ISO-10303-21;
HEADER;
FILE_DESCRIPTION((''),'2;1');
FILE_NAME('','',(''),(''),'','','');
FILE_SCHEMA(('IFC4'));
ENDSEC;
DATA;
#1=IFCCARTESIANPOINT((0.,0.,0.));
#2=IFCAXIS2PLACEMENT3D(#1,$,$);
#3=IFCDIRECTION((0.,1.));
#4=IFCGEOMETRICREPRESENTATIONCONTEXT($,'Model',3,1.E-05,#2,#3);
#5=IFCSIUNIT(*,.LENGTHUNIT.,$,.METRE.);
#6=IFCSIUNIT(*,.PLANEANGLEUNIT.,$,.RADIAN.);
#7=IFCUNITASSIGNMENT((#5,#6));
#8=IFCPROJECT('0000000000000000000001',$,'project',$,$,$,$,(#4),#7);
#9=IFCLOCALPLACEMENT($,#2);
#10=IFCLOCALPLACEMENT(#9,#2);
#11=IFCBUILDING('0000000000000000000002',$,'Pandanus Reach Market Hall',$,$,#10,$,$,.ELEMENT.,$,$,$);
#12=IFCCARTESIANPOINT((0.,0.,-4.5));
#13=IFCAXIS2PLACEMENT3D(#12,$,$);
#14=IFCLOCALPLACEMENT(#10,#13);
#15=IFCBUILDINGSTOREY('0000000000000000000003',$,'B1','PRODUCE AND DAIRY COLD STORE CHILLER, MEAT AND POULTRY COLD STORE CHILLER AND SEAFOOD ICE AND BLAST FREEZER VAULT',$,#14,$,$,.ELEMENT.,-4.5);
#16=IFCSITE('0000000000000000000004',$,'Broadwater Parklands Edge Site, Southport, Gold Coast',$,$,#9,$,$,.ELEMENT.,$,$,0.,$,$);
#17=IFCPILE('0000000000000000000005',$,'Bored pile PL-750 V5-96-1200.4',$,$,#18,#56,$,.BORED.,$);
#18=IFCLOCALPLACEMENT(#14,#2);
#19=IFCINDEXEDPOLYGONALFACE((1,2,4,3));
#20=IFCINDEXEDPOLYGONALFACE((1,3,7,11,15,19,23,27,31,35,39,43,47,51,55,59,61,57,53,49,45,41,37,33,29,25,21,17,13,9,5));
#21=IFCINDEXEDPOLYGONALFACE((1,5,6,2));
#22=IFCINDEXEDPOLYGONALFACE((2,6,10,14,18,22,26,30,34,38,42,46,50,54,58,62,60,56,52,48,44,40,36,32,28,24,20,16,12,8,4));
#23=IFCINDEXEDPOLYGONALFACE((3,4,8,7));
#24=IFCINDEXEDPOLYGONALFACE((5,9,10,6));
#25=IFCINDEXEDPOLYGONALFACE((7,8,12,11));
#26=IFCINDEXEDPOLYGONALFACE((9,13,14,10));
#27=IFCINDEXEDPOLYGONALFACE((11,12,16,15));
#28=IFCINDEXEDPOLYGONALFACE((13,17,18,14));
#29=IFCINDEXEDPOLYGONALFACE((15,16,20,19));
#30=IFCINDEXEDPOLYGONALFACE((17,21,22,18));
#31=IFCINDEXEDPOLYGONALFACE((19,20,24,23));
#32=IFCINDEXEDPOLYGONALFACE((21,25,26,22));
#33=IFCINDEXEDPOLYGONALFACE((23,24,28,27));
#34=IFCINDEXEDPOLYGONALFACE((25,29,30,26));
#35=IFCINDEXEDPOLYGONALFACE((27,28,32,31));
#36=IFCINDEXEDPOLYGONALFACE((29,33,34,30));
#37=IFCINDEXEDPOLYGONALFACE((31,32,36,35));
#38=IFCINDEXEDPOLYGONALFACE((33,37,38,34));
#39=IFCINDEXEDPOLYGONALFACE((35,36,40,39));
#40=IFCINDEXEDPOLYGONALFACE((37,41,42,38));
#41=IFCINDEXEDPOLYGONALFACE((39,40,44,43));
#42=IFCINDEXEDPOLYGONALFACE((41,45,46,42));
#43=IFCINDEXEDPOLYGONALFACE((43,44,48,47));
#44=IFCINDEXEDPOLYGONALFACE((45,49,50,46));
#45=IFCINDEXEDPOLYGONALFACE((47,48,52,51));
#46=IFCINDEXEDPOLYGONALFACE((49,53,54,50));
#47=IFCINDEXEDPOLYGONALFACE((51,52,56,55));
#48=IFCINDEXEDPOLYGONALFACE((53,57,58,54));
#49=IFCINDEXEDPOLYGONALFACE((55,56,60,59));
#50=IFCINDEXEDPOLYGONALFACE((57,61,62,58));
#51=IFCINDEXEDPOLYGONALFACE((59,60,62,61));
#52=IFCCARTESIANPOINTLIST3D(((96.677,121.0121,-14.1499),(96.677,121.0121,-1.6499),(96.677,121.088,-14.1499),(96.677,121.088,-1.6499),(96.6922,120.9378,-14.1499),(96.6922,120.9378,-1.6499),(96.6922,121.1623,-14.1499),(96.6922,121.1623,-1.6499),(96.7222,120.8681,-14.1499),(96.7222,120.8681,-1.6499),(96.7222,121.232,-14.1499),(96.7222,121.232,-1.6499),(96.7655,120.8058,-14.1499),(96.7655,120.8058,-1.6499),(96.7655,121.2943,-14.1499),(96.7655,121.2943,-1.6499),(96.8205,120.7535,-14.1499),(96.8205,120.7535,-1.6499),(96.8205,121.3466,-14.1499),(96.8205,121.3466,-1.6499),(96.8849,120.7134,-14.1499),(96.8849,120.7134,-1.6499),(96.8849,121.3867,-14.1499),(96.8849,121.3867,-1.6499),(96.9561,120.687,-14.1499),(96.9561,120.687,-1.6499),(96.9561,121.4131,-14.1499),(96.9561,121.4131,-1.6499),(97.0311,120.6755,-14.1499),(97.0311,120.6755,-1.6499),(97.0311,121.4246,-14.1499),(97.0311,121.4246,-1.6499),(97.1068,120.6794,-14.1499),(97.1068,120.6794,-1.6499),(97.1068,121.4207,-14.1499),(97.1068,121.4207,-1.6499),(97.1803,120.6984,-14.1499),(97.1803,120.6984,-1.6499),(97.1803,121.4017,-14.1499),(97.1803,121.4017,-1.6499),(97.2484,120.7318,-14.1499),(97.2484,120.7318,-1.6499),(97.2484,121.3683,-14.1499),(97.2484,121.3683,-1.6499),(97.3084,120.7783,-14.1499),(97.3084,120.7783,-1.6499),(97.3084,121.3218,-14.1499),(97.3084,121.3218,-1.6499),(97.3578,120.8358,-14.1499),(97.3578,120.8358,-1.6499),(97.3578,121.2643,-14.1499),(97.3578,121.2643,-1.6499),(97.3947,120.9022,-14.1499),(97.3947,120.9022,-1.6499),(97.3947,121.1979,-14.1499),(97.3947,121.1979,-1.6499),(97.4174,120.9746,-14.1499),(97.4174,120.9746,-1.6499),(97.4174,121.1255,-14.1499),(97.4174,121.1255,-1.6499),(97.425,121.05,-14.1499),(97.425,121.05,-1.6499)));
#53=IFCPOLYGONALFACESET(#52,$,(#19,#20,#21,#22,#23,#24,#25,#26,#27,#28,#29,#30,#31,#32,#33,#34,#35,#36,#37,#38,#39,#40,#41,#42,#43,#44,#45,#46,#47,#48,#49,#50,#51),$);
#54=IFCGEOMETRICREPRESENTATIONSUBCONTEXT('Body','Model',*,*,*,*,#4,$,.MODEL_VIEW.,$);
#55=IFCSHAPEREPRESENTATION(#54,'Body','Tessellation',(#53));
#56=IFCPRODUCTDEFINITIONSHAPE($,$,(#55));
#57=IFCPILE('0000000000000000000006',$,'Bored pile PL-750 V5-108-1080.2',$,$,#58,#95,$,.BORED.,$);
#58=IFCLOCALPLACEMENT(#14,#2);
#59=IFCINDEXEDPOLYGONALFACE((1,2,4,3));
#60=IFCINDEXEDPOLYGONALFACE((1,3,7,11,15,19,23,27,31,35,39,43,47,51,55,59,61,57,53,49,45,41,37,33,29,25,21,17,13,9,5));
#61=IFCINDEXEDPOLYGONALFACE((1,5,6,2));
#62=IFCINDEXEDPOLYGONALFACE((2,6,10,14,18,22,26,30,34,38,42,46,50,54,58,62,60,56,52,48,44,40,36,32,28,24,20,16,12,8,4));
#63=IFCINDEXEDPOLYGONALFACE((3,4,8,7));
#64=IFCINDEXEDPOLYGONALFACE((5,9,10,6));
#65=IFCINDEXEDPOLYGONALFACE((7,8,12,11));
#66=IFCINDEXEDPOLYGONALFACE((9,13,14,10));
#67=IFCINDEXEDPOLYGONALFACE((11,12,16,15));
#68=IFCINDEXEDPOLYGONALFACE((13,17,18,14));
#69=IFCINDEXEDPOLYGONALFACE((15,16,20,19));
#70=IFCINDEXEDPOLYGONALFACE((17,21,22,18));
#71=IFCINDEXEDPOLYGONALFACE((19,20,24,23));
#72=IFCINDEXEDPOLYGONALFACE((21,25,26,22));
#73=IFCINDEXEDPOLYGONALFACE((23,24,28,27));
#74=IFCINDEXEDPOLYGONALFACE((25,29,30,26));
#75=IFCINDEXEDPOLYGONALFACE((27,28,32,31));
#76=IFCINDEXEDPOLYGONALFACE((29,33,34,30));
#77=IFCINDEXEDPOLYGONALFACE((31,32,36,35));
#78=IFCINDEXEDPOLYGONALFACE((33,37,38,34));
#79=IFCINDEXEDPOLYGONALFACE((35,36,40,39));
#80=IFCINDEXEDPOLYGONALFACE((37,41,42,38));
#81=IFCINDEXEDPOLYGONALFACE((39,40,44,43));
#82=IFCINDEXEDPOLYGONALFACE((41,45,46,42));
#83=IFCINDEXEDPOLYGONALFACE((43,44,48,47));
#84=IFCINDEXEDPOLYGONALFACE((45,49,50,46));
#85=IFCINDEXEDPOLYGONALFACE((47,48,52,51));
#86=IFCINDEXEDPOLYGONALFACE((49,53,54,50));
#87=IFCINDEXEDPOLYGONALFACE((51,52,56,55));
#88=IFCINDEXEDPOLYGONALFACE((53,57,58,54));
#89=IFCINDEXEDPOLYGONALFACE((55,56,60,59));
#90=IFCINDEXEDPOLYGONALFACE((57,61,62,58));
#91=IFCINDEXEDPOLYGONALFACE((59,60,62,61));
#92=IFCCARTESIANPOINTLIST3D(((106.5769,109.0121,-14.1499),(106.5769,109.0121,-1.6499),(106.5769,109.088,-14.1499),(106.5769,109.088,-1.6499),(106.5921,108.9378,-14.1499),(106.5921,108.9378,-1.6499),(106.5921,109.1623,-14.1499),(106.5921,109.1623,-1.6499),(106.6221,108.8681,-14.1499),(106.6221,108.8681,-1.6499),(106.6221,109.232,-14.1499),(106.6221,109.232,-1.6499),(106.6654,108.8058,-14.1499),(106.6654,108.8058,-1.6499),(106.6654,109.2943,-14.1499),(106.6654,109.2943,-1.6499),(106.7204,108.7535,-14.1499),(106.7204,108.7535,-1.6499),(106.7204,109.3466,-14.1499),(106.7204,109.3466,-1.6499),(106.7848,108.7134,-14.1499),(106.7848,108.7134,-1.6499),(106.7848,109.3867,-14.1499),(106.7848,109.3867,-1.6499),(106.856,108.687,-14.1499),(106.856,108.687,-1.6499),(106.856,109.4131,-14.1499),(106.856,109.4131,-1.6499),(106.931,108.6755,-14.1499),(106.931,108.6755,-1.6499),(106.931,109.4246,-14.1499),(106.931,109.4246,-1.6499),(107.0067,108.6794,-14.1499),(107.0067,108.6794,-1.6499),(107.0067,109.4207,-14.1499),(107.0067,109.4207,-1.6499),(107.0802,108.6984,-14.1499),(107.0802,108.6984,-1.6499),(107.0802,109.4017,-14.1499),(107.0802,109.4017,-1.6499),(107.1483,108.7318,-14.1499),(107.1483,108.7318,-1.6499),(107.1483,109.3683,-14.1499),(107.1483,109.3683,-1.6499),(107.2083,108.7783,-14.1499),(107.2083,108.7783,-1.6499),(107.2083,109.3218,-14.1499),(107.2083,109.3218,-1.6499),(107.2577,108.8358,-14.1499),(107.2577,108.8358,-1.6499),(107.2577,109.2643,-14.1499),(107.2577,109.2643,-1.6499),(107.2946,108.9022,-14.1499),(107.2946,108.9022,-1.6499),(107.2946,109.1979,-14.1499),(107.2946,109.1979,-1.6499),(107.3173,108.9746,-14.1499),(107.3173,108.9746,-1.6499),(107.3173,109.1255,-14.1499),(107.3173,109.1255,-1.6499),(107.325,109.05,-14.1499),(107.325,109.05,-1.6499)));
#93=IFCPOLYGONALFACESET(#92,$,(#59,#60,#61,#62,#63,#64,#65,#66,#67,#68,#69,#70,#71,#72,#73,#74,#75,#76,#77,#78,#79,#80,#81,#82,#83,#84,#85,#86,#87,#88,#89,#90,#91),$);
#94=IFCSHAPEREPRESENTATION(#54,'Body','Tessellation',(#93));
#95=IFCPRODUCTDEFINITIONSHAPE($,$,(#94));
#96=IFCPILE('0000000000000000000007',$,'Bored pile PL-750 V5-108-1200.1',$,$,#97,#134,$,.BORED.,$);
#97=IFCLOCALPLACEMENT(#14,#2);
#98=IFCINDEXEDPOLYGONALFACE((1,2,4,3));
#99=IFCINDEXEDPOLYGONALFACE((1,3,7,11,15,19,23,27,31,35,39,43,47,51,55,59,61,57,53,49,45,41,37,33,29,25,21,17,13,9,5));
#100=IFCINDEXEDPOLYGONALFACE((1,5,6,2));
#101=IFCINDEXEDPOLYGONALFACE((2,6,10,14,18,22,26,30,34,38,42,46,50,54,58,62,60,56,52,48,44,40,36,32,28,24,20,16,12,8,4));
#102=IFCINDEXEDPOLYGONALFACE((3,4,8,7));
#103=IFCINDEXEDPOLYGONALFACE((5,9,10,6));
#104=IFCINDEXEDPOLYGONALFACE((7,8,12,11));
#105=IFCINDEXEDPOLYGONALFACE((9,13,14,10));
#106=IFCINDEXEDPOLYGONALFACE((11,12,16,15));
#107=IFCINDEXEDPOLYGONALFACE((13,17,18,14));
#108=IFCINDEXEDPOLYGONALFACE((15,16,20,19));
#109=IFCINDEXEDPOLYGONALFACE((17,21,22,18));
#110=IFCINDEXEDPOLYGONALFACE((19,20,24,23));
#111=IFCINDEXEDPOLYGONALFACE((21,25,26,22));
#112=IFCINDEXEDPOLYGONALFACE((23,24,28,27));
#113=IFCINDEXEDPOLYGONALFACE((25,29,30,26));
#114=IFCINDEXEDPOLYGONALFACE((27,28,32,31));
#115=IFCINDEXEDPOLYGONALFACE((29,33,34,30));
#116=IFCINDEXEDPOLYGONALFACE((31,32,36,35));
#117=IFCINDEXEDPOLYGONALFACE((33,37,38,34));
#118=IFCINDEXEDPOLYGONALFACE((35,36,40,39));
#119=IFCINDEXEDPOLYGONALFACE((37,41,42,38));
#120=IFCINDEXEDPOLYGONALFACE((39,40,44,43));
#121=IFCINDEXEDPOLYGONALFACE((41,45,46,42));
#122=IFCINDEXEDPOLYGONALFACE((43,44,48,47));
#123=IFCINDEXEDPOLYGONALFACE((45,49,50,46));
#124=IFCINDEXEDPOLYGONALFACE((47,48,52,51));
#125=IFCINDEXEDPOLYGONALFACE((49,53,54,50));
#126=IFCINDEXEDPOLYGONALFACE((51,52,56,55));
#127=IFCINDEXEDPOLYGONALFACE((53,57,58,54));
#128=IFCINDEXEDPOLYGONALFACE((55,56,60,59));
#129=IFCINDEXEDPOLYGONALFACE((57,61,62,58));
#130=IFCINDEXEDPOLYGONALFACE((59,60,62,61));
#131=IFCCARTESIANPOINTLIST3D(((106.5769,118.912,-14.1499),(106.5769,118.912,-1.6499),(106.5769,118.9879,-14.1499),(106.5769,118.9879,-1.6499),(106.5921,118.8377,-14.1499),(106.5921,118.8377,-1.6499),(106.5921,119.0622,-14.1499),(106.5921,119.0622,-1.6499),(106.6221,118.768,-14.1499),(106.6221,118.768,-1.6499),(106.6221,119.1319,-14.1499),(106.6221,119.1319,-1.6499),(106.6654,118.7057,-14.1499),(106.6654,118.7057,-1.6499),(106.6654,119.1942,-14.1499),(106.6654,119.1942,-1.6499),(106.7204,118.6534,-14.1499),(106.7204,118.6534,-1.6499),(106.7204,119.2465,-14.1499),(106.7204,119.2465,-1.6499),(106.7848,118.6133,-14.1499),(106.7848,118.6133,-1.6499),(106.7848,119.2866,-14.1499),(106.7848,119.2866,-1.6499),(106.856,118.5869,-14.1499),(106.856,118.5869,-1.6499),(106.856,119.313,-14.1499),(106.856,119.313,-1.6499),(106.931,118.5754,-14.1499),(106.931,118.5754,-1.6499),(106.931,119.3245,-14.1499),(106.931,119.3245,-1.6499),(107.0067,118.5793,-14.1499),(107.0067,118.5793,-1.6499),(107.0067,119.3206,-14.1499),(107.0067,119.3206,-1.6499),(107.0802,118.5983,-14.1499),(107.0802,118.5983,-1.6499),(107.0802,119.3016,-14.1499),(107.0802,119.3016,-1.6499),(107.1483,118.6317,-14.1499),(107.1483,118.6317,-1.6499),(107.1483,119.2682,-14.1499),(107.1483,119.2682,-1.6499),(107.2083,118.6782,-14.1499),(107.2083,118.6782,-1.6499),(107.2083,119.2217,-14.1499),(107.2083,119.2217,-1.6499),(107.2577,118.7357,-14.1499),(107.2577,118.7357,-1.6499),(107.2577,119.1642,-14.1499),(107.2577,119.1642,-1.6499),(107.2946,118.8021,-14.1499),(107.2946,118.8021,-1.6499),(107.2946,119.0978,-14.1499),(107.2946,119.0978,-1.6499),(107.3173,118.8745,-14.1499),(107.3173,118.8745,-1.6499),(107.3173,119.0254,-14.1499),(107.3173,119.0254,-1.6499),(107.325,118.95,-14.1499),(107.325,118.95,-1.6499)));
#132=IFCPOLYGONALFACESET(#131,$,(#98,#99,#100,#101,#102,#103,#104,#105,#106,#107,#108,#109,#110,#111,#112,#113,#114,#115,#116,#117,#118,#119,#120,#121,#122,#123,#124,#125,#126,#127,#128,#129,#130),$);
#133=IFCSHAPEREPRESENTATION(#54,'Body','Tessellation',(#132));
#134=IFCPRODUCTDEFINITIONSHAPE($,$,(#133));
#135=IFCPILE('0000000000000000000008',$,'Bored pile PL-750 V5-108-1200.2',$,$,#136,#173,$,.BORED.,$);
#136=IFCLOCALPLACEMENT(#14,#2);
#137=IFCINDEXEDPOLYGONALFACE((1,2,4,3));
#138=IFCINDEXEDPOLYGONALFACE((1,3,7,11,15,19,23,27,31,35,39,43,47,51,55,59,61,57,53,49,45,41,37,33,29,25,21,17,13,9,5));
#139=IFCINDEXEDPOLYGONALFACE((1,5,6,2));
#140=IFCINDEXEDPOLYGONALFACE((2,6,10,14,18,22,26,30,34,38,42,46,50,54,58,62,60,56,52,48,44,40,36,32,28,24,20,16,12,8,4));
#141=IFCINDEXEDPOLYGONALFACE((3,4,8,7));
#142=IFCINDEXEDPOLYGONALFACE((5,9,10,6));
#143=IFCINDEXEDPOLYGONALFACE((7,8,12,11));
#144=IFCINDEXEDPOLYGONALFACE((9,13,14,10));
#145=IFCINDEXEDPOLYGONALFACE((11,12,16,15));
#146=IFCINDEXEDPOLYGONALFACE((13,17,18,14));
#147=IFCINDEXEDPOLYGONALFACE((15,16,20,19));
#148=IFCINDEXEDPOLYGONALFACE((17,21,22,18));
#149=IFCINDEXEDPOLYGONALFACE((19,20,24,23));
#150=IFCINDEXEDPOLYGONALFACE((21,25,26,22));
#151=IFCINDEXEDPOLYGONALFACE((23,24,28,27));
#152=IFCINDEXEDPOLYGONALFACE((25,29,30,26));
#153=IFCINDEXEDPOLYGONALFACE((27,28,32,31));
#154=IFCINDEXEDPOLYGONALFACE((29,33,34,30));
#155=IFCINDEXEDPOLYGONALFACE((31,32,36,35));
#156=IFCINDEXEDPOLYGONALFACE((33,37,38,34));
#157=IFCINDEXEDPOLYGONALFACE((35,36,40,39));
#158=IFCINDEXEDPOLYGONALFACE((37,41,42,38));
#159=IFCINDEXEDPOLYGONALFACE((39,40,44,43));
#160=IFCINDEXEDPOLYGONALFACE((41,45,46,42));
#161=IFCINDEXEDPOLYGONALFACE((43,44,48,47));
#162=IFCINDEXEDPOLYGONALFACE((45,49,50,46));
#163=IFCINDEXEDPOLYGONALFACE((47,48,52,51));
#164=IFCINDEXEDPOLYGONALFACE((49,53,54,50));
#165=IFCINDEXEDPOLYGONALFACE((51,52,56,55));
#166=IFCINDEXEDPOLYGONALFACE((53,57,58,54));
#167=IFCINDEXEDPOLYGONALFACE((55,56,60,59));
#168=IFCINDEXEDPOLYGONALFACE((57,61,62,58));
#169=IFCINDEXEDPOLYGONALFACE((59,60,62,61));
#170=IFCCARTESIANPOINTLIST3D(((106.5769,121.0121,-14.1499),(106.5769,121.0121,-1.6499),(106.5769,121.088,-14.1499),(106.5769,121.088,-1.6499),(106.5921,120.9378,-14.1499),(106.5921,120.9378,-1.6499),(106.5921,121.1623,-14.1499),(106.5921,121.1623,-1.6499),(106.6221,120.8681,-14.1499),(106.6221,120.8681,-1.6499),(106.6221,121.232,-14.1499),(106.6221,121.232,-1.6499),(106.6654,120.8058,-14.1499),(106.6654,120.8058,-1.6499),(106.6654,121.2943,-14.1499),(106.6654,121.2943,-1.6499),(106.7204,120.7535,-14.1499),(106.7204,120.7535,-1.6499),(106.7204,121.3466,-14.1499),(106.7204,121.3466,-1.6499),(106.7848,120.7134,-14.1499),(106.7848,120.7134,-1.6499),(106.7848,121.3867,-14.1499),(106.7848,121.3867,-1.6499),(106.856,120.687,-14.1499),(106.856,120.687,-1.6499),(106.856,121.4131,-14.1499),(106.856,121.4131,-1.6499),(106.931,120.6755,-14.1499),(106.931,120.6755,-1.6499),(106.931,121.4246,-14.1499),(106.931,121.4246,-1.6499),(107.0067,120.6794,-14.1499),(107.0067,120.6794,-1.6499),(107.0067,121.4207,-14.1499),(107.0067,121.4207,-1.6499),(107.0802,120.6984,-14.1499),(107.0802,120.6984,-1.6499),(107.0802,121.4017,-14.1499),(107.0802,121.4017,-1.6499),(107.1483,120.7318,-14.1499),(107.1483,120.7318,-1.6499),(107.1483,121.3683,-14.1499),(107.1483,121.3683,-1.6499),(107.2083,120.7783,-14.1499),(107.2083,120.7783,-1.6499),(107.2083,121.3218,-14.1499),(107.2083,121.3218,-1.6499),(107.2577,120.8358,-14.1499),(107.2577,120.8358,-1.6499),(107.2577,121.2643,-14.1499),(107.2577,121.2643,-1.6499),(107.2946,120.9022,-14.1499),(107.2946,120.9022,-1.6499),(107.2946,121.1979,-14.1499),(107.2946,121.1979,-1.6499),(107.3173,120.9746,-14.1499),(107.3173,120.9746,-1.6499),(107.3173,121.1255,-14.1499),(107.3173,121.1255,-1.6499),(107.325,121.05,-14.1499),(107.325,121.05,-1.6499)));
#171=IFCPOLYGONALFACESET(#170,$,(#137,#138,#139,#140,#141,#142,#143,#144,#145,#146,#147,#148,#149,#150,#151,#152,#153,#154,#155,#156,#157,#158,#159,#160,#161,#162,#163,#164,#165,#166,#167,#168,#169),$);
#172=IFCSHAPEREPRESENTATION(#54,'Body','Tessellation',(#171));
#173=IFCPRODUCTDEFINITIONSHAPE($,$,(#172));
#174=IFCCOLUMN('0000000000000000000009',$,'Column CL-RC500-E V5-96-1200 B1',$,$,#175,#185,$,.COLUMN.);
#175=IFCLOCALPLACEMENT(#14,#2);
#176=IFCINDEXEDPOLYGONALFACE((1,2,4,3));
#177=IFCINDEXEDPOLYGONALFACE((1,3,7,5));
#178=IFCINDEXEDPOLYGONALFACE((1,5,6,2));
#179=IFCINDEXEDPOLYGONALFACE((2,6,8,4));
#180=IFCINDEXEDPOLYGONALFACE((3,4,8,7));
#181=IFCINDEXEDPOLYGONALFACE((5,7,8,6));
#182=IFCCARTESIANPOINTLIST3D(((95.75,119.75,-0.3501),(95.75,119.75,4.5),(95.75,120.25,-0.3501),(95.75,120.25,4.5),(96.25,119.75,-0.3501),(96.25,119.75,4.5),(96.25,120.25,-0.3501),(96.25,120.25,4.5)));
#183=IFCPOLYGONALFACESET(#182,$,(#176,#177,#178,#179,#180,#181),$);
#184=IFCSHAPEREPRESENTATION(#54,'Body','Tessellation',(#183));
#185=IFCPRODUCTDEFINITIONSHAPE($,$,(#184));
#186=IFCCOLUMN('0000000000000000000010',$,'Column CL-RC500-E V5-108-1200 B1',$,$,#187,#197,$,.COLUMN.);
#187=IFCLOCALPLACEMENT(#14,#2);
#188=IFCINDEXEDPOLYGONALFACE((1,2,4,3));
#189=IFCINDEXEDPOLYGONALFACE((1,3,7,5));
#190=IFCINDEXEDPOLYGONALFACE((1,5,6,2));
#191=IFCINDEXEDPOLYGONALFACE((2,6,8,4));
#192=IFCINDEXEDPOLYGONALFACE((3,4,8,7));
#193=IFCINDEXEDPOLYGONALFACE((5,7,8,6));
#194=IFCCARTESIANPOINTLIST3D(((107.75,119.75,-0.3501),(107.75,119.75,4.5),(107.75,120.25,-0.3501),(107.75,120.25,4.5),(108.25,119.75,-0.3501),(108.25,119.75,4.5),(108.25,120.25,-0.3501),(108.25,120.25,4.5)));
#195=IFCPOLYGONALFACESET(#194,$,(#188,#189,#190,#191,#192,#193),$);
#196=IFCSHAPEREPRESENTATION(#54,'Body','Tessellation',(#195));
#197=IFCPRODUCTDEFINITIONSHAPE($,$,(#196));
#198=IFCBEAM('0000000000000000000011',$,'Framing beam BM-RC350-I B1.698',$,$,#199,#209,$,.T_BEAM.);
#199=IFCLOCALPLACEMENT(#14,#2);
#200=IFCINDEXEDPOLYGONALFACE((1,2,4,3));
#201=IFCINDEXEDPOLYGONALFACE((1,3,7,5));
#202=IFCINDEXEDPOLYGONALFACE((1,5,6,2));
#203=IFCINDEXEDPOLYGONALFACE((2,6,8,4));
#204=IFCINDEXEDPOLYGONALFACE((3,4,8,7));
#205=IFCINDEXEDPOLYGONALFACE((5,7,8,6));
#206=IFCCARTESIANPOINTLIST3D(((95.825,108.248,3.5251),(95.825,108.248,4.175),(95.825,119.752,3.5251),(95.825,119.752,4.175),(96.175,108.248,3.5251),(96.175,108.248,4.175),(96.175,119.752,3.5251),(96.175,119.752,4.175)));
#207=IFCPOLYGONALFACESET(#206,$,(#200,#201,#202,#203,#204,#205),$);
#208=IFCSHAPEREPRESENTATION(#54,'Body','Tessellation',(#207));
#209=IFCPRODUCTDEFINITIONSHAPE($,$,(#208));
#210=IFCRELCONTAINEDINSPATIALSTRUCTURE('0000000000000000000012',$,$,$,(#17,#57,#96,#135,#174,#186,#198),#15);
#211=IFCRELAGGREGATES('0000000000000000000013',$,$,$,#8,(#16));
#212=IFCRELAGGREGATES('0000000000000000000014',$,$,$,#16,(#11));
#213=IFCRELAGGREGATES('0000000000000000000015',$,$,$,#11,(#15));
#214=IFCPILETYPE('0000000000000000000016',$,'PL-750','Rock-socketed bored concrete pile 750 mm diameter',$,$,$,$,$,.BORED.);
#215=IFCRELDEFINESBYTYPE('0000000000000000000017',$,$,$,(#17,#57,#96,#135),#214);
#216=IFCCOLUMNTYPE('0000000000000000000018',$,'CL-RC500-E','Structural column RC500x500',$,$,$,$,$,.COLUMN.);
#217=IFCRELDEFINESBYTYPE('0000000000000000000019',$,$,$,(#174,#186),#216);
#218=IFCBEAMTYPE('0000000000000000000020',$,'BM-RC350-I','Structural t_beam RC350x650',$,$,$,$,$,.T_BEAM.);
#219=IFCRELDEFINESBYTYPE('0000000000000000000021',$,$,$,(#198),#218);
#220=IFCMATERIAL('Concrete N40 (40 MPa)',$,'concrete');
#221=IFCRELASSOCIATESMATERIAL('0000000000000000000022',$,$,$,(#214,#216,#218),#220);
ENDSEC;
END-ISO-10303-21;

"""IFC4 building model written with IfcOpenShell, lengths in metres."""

from ifc_helpers import new_model, si_unit, direction, frame, origin, origin_2d, place, context, subcontext, project, spatial, rectangle, circle, extrude, material, material_profile, profile_set, type_object, element, save


model = new_model("IFC4")

# Units and contexts
model_context = context("Model", 3, precision=1e-05, world=origin(), true_north=direction((0.0, 1.0)))
body_context = subcontext(model_context, "Body", "Model", "MODEL_VIEW")
ifc_project = project(units=[si_unit("LENGTHUNIT", "METRE"), si_unit("PLANEANGLEUNIT", "RADIAN")], contexts=[model_context])

# Site, building, storey
site_placement = place(None, origin())
site = spatial("IfcSite", under=ifc_project, at=site_placement, Name="Broadwater Parklands Edge Site, Southport, Gold Coast", CompositionType="ELEMENT", RefElevation=0.0)
building_placement = place(site_placement, origin())
building = spatial("IfcBuilding", under=site, at=building_placement, Name="Pandanus Reach Market Hall", CompositionType="ELEMENT")
storey_placement = place(building_placement, frame((0.0, 0.0, -4.5)))
storey = spatial("IfcBuildingStorey", under=building, at=storey_placement, Name="B1", Description="PRODUCE AND DAIRY COLD STORE CHILLER, MEAT AND POULTRY COLD STORE CHILLER AND SEAFOOD ICE AND BLAST FREEZER VAULT", CompositionType="ELEMENT", Elevation=-4.5)

# Shared definitions
ifc_material_1 = material(Name="Concrete N40 (40 MPa)", Category="concrete")

# Piles
ifc_material_profile_1 = material_profile(ifc_material_1, circle(Radius=0.375, at=origin_2d()), Name="PILE-750D", Category="LoadBearing")
ifc_profile_set_1 = profile_set([ifc_material_profile_1], Name="Concrete N40 (40 MPa)")
pile_type = type_object("IfcPileType", Name="PL-750", Description="Rock-socketed bored concrete pile 750 mm diameter", PredefinedType="BORED", material=ifc_profile_set_1)
for number, where, z_axis, x_axis, name in (
    (1, (97.05, 121.05, -1.6499), (0.0, 0.0, -1.0), (1.0, 0.0, 0.0), "Bored pile PL-750 V5-96-1200.4"),
    (2, (106.95, 109.05, -1.6499), (0.0, 0.0, -1.0), (1.0, 0.0, 0.0), "Bored pile PL-750 V5-108-1080.2"),
    (3, (106.95, 118.95, -1.6499), (0.0, 0.0, -1.0), (1.0, 0.0, 0.0), "Bored pile PL-750 V5-108-1200.1"),
    (4, (106.95, 121.05, -1.6499), (0.0, 0.0, -1.0), (1.0, 0.0, 0.0), "Bored pile PL-750 V5-108-1200.2"),
):
    element("IfcPile", number, at=place(storey_placement, frame(where, z_axis=z_axis, x_axis=x_axis)), inside=storey, type_object=pile_type, Name=name, PredefinedType="BORED", context=body_context, shape_type="SweptSolid", body=[
        extrude(circle(Radius=0.375, at=origin_2d()), origin(), (0.0, 0.0, 1.0), 12.5),
    ])

# Columns
ifc_material_profile_2 = material_profile(ifc_material_1, rectangle(XDim=0.5, YDim=0.5, at=origin_2d()), Name="RC500x500", Category="LoadBearing")
ifc_profile_set_2 = profile_set([ifc_material_profile_2], Name="Concrete N40 (40 MPa)")
column_type = type_object("IfcColumnType", Name="CL-RC500-E", Description="Structural column RC500x500", PredefinedType="COLUMN", material=ifc_profile_set_2)
for number, where, z_axis, x_axis, name in (
    (5, (96.0, 120.0, -0.3501), (0.0, 0.0, 1.0), (1.0, 0.0, 0.0), "Column CL-RC500-E V5-96-1200 B1"),
    (6, (108.0, 120.0, -0.3501), (0.0, 0.0, 1.0), (1.0, 0.0, 0.0), "Column CL-RC500-E V5-108-1200 B1"),
):
    element("IfcColumn", number, at=place(storey_placement, frame(where, z_axis=z_axis, x_axis=x_axis)), inside=storey, type_object=column_type, Name=name, PredefinedType="COLUMN", context=body_context, shape_type="SweptSolid", body=[
        extrude(rectangle(XDim=0.5, YDim=0.5, at=origin_2d()), origin(), (0.0, 0.0, 1.0), 4.8501),
    ])

# Beam
ifc_material_profile_3 = material_profile(ifc_material_1, rectangle(XDim=0.3501, YDim=0.6499, at=origin_2d()), Name="RC350x650", Category="LoadBearing")
ifc_profile_set_3 = profile_set([ifc_material_profile_3], Name="Concrete N40 (40 MPa)")
beam_type_1 = type_object("IfcBeamType", Name="BM-RC350-I", Description="Structural t_beam RC350x650", PredefinedType="T_BEAM", material=ifc_profile_set_3)
for number, where, z_axis, x_axis, name in (
    (7, (96.0, 108.248, 3.8501), (0.0, 1.0, 0.0), (-1.0, 0.0, 0.0), "Framing beam BM-RC350-I B1.698"),
):
    element("IfcBeam", number, at=place(storey_placement, frame(where, z_axis=z_axis, x_axis=x_axis)), inside=storey, type_object=beam_type_1, Name=name, PredefinedType="T_BEAM", context=body_context, shape_type="SweptSolid", body=[
        extrude(rectangle(XDim=0.3501, YDim=0.6499, at=origin_2d()), origin(), (0.0, 0.0, 1.0), 11.5039),
    ])

save(model, "model.ifc")
